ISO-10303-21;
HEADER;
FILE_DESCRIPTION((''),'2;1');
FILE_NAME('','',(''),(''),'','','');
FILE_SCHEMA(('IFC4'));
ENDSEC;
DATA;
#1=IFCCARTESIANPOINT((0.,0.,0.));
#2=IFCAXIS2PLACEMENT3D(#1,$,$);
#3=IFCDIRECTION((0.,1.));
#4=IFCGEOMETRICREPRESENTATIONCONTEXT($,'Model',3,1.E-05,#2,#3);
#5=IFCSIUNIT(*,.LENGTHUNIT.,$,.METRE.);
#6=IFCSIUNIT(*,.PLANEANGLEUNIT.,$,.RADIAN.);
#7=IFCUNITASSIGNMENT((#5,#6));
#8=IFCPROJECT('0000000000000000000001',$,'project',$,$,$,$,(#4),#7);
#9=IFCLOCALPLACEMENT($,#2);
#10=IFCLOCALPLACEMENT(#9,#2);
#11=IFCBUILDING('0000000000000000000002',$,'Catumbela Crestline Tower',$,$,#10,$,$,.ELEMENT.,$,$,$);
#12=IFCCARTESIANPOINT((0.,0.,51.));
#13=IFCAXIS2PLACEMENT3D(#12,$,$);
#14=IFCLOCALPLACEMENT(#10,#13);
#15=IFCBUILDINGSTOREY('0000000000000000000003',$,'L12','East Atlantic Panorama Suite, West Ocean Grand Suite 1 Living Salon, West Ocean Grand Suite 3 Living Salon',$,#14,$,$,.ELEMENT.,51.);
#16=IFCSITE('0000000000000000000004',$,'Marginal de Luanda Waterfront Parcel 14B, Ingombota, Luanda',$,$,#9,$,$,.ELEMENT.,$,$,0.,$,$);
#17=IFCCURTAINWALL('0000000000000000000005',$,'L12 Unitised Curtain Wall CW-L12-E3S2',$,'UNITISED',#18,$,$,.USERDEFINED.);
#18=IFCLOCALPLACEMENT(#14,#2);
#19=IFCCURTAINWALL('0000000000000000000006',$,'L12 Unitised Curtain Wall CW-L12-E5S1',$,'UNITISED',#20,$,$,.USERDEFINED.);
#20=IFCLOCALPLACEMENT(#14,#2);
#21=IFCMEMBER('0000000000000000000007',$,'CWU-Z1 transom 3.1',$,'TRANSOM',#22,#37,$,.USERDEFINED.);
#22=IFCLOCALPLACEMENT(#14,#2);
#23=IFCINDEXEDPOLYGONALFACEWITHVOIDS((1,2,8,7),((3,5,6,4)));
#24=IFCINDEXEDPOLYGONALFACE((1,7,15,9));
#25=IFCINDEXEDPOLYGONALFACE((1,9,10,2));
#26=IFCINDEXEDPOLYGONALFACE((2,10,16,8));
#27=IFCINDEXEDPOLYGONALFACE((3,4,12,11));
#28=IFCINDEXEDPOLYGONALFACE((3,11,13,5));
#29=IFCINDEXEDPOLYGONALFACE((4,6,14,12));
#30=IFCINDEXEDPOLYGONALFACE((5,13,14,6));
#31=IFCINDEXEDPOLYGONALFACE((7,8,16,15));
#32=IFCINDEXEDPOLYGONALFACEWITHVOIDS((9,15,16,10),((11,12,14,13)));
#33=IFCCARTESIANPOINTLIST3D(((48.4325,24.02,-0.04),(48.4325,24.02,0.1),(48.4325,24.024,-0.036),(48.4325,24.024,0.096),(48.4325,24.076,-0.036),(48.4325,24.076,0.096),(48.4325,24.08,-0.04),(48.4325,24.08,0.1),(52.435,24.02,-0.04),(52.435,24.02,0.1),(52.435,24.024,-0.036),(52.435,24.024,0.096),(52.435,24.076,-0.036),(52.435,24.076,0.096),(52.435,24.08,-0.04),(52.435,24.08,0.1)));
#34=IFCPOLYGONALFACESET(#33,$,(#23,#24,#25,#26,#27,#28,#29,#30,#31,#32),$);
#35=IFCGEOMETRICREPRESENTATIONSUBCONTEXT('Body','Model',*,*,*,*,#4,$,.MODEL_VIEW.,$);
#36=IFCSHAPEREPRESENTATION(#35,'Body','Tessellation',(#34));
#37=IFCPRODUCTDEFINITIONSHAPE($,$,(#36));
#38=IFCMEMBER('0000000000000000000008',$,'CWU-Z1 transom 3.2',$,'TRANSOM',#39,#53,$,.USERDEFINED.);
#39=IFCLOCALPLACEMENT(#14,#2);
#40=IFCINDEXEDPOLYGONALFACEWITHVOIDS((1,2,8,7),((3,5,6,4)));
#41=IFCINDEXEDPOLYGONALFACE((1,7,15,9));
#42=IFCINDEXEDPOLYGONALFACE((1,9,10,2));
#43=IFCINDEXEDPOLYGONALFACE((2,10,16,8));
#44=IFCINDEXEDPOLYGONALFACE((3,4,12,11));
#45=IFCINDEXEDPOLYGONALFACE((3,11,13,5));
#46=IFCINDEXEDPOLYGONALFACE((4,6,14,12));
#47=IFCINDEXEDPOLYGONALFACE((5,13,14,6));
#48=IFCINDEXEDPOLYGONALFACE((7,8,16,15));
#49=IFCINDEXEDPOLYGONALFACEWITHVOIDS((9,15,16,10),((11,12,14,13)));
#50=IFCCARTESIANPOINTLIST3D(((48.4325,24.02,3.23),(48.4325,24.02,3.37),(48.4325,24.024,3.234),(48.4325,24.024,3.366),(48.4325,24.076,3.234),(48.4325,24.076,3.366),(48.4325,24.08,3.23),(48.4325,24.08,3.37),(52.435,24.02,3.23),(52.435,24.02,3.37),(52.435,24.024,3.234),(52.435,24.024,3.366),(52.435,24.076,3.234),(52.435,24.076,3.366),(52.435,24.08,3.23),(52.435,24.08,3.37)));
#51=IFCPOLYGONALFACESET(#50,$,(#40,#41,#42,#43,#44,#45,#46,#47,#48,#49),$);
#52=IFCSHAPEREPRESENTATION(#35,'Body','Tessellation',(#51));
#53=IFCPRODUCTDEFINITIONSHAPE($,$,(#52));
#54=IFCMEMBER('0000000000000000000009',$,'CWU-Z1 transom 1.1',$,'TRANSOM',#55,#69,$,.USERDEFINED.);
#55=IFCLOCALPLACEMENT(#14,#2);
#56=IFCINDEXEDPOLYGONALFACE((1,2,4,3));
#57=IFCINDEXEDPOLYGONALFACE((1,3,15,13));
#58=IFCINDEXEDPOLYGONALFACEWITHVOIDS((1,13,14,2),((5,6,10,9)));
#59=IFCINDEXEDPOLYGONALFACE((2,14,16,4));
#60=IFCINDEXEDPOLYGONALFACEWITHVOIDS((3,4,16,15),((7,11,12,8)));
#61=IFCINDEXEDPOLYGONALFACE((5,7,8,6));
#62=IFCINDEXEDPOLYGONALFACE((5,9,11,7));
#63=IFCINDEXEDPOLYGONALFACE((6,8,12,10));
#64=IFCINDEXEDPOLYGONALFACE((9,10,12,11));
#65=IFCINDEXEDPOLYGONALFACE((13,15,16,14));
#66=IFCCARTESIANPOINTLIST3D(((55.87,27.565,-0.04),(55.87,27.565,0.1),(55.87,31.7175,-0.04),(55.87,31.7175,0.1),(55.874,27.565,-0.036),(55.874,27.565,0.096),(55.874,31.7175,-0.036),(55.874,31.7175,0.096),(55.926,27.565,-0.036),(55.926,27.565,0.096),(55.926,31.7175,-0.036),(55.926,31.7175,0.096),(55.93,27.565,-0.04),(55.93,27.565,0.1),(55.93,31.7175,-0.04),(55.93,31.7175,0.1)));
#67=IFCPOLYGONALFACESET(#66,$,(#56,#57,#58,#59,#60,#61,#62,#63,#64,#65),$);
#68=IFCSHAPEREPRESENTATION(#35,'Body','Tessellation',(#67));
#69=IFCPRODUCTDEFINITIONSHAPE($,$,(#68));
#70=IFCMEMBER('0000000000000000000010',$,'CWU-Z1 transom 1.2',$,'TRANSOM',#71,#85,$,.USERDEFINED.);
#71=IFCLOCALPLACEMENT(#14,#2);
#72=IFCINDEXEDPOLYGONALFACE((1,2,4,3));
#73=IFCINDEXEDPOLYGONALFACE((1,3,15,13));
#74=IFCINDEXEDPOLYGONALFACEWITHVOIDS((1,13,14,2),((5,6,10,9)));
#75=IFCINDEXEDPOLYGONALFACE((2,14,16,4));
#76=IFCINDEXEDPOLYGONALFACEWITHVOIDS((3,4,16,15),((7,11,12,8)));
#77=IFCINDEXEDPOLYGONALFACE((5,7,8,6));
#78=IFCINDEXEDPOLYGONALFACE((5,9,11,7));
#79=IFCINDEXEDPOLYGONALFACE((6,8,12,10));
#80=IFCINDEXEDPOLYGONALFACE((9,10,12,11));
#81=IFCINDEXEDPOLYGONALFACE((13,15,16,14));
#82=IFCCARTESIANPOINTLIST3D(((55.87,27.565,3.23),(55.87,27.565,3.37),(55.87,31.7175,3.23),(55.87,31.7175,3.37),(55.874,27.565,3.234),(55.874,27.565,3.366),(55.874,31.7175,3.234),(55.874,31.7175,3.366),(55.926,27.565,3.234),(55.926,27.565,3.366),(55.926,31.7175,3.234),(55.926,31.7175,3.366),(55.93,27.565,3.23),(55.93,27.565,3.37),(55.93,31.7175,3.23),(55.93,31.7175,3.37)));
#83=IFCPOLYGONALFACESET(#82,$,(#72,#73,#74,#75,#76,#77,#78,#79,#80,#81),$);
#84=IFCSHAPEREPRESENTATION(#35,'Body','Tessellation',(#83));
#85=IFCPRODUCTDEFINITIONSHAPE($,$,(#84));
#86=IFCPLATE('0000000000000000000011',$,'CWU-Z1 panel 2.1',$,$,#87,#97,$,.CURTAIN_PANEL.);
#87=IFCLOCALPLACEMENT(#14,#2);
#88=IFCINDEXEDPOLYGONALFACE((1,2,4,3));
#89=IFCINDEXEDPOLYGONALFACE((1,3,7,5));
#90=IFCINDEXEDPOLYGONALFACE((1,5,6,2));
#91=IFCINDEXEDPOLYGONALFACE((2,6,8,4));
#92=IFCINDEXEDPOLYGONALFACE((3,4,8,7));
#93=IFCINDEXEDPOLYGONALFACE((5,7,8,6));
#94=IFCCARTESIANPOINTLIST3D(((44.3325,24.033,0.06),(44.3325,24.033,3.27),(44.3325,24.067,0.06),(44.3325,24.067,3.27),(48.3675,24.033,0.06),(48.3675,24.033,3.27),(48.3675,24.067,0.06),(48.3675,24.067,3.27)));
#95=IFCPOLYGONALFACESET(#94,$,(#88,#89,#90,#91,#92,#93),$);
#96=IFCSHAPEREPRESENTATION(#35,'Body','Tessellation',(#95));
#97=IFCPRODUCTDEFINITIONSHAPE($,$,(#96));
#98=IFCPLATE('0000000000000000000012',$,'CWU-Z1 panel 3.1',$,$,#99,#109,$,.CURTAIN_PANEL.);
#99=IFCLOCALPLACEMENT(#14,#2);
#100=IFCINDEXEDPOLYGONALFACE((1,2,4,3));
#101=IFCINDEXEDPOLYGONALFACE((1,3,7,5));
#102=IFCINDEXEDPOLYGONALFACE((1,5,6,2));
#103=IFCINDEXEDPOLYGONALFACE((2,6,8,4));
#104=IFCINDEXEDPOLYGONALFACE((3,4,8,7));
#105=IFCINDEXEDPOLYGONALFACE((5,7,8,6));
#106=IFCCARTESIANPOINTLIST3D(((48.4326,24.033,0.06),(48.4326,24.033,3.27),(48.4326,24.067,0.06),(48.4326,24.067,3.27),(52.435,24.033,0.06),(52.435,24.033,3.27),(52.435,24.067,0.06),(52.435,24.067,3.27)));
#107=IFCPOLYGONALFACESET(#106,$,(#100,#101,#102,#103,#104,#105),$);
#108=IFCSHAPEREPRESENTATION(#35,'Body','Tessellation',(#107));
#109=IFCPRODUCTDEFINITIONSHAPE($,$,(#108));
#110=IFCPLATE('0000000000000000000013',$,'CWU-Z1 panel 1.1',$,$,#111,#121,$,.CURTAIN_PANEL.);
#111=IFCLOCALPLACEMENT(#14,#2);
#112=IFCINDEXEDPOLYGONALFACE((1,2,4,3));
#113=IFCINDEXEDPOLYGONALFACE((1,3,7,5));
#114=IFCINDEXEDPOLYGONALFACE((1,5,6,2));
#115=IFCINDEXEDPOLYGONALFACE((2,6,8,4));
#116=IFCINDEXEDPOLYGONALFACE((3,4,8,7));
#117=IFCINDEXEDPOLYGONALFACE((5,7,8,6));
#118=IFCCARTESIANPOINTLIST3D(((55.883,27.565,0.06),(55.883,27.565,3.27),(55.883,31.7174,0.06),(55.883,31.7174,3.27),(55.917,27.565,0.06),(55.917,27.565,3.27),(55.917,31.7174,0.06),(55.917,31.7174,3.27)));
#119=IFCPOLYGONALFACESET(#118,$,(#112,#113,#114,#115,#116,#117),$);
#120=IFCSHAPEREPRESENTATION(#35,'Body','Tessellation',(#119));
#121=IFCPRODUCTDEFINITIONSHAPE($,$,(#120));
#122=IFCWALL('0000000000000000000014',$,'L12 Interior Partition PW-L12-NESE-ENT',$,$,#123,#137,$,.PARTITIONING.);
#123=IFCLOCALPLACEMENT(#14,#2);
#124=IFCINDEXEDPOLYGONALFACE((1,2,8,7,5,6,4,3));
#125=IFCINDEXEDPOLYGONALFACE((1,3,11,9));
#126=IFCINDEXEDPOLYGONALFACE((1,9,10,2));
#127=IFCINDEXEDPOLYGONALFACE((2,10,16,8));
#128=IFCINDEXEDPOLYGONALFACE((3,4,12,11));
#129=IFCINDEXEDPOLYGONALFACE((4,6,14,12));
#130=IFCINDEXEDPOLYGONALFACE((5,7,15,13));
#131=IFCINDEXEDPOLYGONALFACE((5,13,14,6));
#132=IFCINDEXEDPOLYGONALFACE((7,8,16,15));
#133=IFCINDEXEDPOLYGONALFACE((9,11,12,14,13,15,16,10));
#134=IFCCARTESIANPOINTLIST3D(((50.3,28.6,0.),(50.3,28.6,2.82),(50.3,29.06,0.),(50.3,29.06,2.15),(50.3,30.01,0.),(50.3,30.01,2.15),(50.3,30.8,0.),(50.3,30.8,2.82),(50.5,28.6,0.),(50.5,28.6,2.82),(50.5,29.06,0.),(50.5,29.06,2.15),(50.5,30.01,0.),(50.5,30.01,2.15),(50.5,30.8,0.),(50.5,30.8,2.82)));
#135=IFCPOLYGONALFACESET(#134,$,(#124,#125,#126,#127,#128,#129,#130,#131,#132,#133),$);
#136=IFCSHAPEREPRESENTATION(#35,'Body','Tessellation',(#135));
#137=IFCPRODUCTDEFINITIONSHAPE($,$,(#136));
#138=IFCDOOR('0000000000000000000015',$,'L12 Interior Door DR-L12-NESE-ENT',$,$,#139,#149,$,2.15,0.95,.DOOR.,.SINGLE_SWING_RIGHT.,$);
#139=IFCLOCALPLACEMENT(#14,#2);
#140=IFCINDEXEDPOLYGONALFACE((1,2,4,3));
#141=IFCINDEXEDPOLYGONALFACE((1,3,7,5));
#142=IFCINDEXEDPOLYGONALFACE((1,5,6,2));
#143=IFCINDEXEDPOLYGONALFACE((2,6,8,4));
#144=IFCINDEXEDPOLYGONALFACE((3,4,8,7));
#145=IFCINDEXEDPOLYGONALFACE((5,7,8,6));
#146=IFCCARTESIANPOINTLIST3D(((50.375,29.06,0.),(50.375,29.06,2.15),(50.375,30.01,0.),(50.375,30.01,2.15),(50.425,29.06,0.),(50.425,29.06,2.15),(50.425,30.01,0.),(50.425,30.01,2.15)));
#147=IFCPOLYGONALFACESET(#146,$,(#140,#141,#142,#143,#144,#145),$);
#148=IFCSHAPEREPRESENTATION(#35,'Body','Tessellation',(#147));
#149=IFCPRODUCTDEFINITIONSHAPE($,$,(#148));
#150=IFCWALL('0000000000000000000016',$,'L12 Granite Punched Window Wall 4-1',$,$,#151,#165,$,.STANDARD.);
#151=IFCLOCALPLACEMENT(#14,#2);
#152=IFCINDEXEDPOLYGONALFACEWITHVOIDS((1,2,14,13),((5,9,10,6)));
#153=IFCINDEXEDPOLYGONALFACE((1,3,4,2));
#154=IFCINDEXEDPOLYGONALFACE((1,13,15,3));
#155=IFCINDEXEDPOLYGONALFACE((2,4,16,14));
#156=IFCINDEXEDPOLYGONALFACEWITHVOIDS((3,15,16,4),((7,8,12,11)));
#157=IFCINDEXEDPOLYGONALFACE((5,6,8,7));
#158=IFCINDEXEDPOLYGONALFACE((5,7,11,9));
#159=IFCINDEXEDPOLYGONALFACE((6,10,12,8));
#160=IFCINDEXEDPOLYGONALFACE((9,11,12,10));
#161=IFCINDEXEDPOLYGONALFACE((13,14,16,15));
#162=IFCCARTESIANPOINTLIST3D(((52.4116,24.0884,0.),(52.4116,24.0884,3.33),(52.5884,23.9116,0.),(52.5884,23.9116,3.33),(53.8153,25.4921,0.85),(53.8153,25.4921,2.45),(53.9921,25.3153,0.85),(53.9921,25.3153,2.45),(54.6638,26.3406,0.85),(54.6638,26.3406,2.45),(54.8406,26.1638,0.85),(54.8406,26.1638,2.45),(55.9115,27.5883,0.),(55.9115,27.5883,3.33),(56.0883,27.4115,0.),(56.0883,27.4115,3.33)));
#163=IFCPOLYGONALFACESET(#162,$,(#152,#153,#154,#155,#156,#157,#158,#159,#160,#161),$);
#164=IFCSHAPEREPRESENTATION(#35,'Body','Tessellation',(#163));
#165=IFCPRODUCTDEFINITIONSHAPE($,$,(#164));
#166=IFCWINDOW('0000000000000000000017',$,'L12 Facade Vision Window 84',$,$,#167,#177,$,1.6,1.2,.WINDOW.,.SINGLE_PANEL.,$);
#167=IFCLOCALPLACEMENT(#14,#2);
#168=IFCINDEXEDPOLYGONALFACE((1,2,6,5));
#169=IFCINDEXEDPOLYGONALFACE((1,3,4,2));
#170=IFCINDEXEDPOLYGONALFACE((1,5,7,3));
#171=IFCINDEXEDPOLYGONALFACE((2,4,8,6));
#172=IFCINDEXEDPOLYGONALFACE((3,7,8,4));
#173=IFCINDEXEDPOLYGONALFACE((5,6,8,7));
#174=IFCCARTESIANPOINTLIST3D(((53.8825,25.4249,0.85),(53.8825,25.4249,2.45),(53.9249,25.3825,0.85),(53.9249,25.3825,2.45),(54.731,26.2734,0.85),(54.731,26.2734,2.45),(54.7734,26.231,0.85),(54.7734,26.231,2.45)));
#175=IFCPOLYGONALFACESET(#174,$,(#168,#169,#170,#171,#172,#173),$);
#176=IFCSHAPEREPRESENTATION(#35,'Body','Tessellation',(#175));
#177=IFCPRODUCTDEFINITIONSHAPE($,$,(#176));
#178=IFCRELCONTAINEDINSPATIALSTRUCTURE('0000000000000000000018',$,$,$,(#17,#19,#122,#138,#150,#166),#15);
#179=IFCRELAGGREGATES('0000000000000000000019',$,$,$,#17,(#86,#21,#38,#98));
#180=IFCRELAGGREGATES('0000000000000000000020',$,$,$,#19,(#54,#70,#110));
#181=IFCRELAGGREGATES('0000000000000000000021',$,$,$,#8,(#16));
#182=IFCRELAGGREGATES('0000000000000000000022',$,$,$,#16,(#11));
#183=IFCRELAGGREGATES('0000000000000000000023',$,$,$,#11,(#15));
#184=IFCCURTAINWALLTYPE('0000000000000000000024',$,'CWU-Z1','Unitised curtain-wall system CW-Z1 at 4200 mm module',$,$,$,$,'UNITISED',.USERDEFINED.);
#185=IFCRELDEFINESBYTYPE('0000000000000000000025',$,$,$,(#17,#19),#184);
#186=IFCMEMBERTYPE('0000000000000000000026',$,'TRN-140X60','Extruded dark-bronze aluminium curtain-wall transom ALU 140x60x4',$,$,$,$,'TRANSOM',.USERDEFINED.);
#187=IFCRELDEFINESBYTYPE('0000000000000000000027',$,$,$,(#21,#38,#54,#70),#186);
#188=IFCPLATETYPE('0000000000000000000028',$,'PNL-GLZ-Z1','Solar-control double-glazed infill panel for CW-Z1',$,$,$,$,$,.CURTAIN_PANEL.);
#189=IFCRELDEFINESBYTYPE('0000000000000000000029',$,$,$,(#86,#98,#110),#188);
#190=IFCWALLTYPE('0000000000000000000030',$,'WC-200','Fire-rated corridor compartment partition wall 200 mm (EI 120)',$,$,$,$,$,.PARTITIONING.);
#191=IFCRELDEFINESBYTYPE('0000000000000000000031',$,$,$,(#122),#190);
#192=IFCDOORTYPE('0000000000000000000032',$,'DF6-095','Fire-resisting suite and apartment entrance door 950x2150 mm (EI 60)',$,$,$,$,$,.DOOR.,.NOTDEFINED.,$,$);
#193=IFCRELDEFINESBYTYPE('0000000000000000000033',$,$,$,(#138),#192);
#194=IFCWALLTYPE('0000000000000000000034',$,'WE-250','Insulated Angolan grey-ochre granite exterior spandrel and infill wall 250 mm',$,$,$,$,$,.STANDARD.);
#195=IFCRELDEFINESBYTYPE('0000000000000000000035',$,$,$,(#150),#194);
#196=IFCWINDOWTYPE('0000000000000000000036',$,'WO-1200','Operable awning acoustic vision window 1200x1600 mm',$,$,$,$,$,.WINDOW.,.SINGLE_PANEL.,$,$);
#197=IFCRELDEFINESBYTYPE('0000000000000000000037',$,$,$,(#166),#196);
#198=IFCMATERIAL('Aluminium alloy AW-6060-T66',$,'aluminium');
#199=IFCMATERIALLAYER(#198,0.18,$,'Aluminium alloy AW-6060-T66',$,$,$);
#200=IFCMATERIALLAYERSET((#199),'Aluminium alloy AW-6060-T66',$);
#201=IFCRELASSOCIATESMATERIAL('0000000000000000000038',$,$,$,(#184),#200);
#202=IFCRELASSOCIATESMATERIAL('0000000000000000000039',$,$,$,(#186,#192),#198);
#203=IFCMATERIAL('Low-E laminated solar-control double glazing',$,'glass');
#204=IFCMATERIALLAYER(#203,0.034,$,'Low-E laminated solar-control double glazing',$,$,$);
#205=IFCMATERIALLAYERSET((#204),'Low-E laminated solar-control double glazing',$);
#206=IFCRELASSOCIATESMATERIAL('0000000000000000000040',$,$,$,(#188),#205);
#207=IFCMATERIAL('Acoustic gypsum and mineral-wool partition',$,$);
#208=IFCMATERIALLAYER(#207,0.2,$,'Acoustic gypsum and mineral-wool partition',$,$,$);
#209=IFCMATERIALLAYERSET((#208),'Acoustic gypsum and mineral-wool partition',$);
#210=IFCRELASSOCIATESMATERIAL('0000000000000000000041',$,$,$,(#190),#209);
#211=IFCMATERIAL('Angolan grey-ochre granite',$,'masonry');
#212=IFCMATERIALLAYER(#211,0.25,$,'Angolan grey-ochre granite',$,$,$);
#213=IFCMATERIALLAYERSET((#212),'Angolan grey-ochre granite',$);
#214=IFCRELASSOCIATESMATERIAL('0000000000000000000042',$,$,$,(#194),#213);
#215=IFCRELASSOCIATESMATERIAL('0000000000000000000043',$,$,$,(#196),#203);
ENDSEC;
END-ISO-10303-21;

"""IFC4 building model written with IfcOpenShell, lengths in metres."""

from ifc_helpers import new_model, si_unit, direction, frame, frame_2d, origin, origin_2d, place, context, subcontext, project, spatial, rectangle, hollow_rectangle, extrude, material, layer, layer_set, material_profile, profile_set, type_object, element, fill, aggregate, save


model = new_model("IFC4")

# Units and contexts
model_context = context("Model", 3, precision=1e-05, world=origin(), true_north=direction((0.0, 1.0)))
body_context = subcontext(model_context, "Body", "Model", "MODEL_VIEW")
ifc_project = project(units=[si_unit("LENGTHUNIT", "METRE"), si_unit("PLANEANGLEUNIT", "RADIAN")], contexts=[model_context])

# Site, building, storey
site_placement = place(None, origin())
site = spatial("IfcSite", under=ifc_project, at=site_placement, Name="Marginal de Luanda Waterfront Parcel 14B, Ingombota, Luanda", CompositionType="ELEMENT", RefElevation=0.0)
building_placement = place(site_placement, origin())
building = spatial("IfcBuilding", under=site, at=building_placement, Name="Catumbela Crestline Tower", CompositionType="ELEMENT")
storey_placement = place(building_placement, frame((0.0, 0.0, 51.0)))
storey = spatial("IfcBuildingStorey", under=building, at=storey_placement, Name="L12", Description="East Atlantic Panorama Suite, West Ocean Grand Suite 1 Living Salon, West Ocean Grand Suite 3 Living Salon", CompositionType="ELEMENT", Elevation=51.0)

# Curtain wall
ifc_material_1 = material(Name="Aluminium alloy AW-6060-T66", Category="aluminium")
ifc_layer_1 = layer(ifc_material_1, 0.18, Name="Aluminium alloy AW-6060-T66")
ifc_layer_set_1 = layer_set([ifc_layer_1], Name="Aluminium alloy AW-6060-T66")
curtain_wall_type = type_object("IfcCurtainWallType", Name="CWU-Z1", Description="Unitised curtain-wall system CW-Z1 at 4200 mm module", ElementType="UNITISED", PredefinedType="USERDEFINED", material=ifc_layer_set_1)
curtain_wall_1_placement = place(storey_placement, origin())
curtain_wall_1 = element("IfcCurtainWall", 1, at=curtain_wall_1_placement, inside=storey, type_object=curtain_wall_type, Name="L12 Unitised Curtain Wall CW-L12-E3S2", ObjectType="UNITISED", PredefinedType="USERDEFINED")

# Curtain wall
curtain_wall_2_placement = place(storey_placement, origin())
curtain_wall_2 = element("IfcCurtainWall", 2, at=curtain_wall_2_placement, inside=storey, type_object=curtain_wall_type, Name="L12 Unitised Curtain Wall CW-L12-E5S1", ObjectType="UNITISED", PredefinedType="USERDEFINED")

# Members
ifc_material_profile_1 = material_profile(ifc_material_1, hollow_rectangle(XDim=0.06, YDim=0.14, WallThickness=0.004, at=origin_2d()), Name="ALU 140x60x4")
ifc_profile_set_1 = profile_set([ifc_material_profile_1], Name="Aluminium alloy AW-6060-T66")
member_type_1 = type_object("IfcMemberType", Name="TRN-140X60", Description="Extruded dark-bronze aluminium curtain-wall transom ALU 140x60x4", ElementType="TRANSOM", PredefinedType="USERDEFINED", material=ifc_profile_set_1)
member_1_placement = place(storey_placement, frame((48.4325, 24.05, 0.03), z_axis=(1.0, 0.0, 0.0), x_axis=(0.0, 1.0, 0.0)))
member_1 = element("IfcMember", 3, at=member_1_placement, type_object=member_type_1, Name="CWU-Z1 transom 3.1", ObjectType="TRANSOM", PredefinedType="USERDEFINED", context=body_context, shape_type="SweptSolid", body=[
    extrude(hollow_rectangle(XDim=0.06, YDim=0.14, WallThickness=0.004, at=origin_2d()), origin(), (0.0, 0.0, 1.0), 4.0025),
])
member_2_placement = place(storey_placement, frame((48.4325, 24.05, 3.3), z_axis=(1.0, 0.0, 0.0), x_axis=(0.0, 1.0, 0.0)))
member_2 = element("IfcMember", 4, at=member_2_placement, type_object=member_type_1, Name="CWU-Z1 transom 3.2", ObjectType="TRANSOM", PredefinedType="USERDEFINED", context=body_context, shape_type="SweptSolid", body=[
    extrude(hollow_rectangle(XDim=0.06, YDim=0.14, WallThickness=0.004, at=origin_2d()), origin(), (0.0, 0.0, 1.0), 4.0025),
])
member_3_placement = place(storey_placement, frame((55.9, 27.565, 0.03), z_axis=(0.0, 1.0, 0.0), x_axis=(-1.0, 0.0, 0.0)))
member_3 = element("IfcMember", 5, at=member_3_placement, type_object=member_type_1, Name="CWU-Z1 transom 1.1", ObjectType="TRANSOM", PredefinedType="USERDEFINED", context=body_context, shape_type="SweptSolid", body=[
    extrude(hollow_rectangle(XDim=0.06, YDim=0.14, WallThickness=0.004, at=origin_2d()), origin(), (0.0, 0.0, 1.0), 4.1525),
])
member_4_placement = place(storey_placement, frame((55.9, 27.565, 3.3), z_axis=(0.0, 1.0, 0.0), x_axis=(-1.0, 0.0, 0.0)))
member_4 = element("IfcMember", 6, at=member_4_placement, type_object=member_type_1, Name="CWU-Z1 transom 1.2", ObjectType="TRANSOM", PredefinedType="USERDEFINED", context=body_context, shape_type="SweptSolid", body=[
    extrude(hollow_rectangle(XDim=0.06, YDim=0.14, WallThickness=0.004, at=origin_2d()), origin(), (0.0, 0.0, 1.0), 4.1525),
])

# Plates
ifc_material_2 = material(Name="Low-E laminated solar-control double glazing", Category="glass")
ifc_layer_2 = layer(ifc_material_2, 0.034, Name="Low-E laminated solar-control double glazing")
ifc_layer_set_2 = layer_set([ifc_layer_2], Name="Low-E laminated solar-control double glazing")
plate_type = type_object("IfcPlateType", Name="PNL-GLZ-Z1", Description="Solar-control double-glazed infill panel for CW-Z1", PredefinedType="CURTAIN_PANEL", material=ifc_layer_set_2)
plate_1_placement = place(storey_placement, frame((46.35, 24.05, 0.06), z_axis=(0.0, 0.0, 1.0), x_axis=(1.0, 0.0, 0.0)))
plate_1 = element("IfcPlate", 7, at=plate_1_placement, type_object=plate_type, Name="CWU-Z1 panel 2.1", PredefinedType="CURTAIN_PANEL", context=body_context, shape_type="SweptSolid", body=[
    extrude(rectangle(XDim=4.035, YDim=0.034, at=origin_2d()), origin(), (0.0, 0.0, 1.0), 3.21),
])
plate_2_placement = place(storey_placement, frame((50.4338, 24.05, 0.06), z_axis=(0.0, 0.0, 1.0), x_axis=(1.0, 0.0, 0.0)))
plate_2 = element("IfcPlate", 8, at=plate_2_placement, type_object=plate_type, Name="CWU-Z1 panel 3.1", PredefinedType="CURTAIN_PANEL", context=body_context, shape_type="SweptSolid", body=[
    extrude(rectangle(XDim=4.0025, YDim=0.034, at=origin_2d()), origin(), (0.0, 0.0, 1.0), 3.21),
])
aggregate(curtain_wall_1, [plate_1, member_1, member_2, plate_2])
plate_3_placement = place(storey_placement, frame((55.9, 29.6412, 0.06), z_axis=(0.0, 0.0, 1.0), x_axis=(0.0, 1.0, 0.0)))
plate_3 = element("IfcPlate", 9, at=plate_3_placement, type_object=plate_type, Name="CWU-Z1 panel 1.1", PredefinedType="CURTAIN_PANEL", context=body_context, shape_type="SweptSolid", body=[
    extrude(rectangle(XDim=4.1525, YDim=0.034, at=origin_2d()), origin(), (0.0, 0.0, 1.0), 3.21),
])
aggregate(curtain_wall_2, [member_3, member_4, plate_3])

# Wall, opening, door
ifc_material_3 = material(Name="Acoustic gypsum and mineral-wool partition")
ifc_layer_3 = layer(ifc_material_3, 0.2, Name="Acoustic gypsum and mineral-wool partition")
ifc_layer_set_3 = layer_set([ifc_layer_3], Name="Acoustic gypsum and mineral-wool partition")
wall_type_1 = type_object("IfcWallType", Name="WC-200", Description="Fire-rated corridor compartment partition wall 200 mm (EI 120)", PredefinedType="PARTITIONING", material=ifc_layer_set_3)
wall_1_placement = place(storey_placement, frame((50.4, 28.6, 0.0), z_axis=(0.0, 0.0, 1.0), x_axis=(0.0, 1.0, 0.0)))
wall_1 = element("IfcWall", 10, at=wall_1_placement, inside=storey, type_object=wall_type_1, Name="L12 Interior Partition PW-L12-NESE-ENT", PredefinedType="PARTITIONING", context=body_context, shape_type="SweptSolid", body=[
    extrude(rectangle(XDim=2.2, YDim=0.2, at=frame_2d((1.1, 0.0))), origin(), (0.0, 0.0, 1.0), 2.82),
])
opening_1_placement = place(wall_1_placement, frame((0.46, 0.0, 0.0)))
opening_1 = element("IfcOpeningElement", 11, at=opening_1_placement, cuts=wall_1, PredefinedType="OPENING", context=body_context, shape_type="SweptSolid", body=[
    extrude(rectangle(XDim=0.95, YDim=2.15, at=frame_2d((0.475, 1.075))), frame((0.0, 0.11, 0.0), z_axis=(0.0, -1.0, 0.0), x_axis=(1.0, 0.0, 0.0)), (0.0, 0.0, 1.0), 0.22),
])
door_type_1 = type_object("IfcDoorType", Name="DF6-095", Description="Fire-resisting suite and apartment entrance door 950x2150 mm (EI 60)", OperationType="NOTDEFINED", PredefinedType="DOOR", material=ifc_material_1)
door_1_placement = place(opening_1_placement, origin())
door_1 = element("IfcDoor", 12, at=door_1_placement, inside=storey, type_object=door_type_1, Name="L12 Interior Door DR-L12-NESE-ENT", OperationType="SINGLE_SWING_RIGHT", OverallHeight=2.15, OverallWidth=0.95, PredefinedType="DOOR", context=body_context, shape_type="SweptSolid", body=[
    extrude(rectangle(XDim=0.95, YDim=2.15, at=frame_2d((0.475, 1.075))), frame((0.0, 0.025, 0.0), z_axis=(0.0, -1.0, 0.0), x_axis=(1.0, 0.0, 0.0)), (0.0, 0.0, 1.0), 0.05),
])
fill(opening_1, door_1)

# Wall, opening, window
ifc_material_4 = material(Name="Angolan grey-ochre granite", Category="masonry")
ifc_layer_4 = layer(ifc_material_4, 0.25, Name="Angolan grey-ochre granite")
ifc_layer_set_4 = layer_set([ifc_layer_4], Name="Angolan grey-ochre granite")
wall_type_2 = type_object("IfcWallType", Name="WE-250", Description="Insulated Angolan grey-ochre granite exterior spandrel and infill wall 250 mm", PredefinedType="STANDARD", material=ifc_layer_set_4)
wall_2_placement = place(storey_placement, frame((52.5, 24.0, 0.0), z_axis=(0.0, 0.0, 1.0), x_axis=(0.707107, 0.707107, 0.0)))
wall_2 = element("IfcWall", 13, at=wall_2_placement, inside=storey, type_object=wall_type_2, Name="L12 Granite Punched Window Wall 4-1", PredefinedType="STANDARD", context=body_context, shape_type="SweptSolid", body=[
    extrude(rectangle(XDim=4.9497, YDim=0.25, at=frame_2d((2.4748, 0.0))), origin(), (0.0, 0.0, 1.0), 3.33),
])
opening_2_placement = place(wall_2_placement, frame((1.9851, 0.0, 0.85)))
opening_2 = element("IfcOpeningElement", 14, at=opening_2_placement, cuts=wall_2, PredefinedType="OPENING", context=body_context, shape_type="SweptSolid", body=[
    extrude(rectangle(XDim=1.2, YDim=1.6, at=frame_2d((0.6, 0.8))), frame((0.0, 0.135, 0.0), z_axis=(0.0, -1.0, 0.0), x_axis=(1.0, 0.0, 0.0)), (0.0, 0.0, 1.0), 0.27),
])
window_type = type_object("IfcWindowType", Name="WO-1200", Description="Operable awning acoustic vision window 1200x1600 mm", PartitioningType="SINGLE_PANEL", PredefinedType="WINDOW", material=ifc_material_2)
window_placement = place(opening_2_placement, origin())
window = element("IfcWindow", 15, at=window_placement, inside=storey, type_object=window_type, Name="L12 Facade Vision Window 84", OverallHeight=1.6, OverallWidth=1.2, PartitioningType="SINGLE_PANEL", PredefinedType="WINDOW", context=body_context, shape_type="SweptSolid", body=[
    extrude(rectangle(XDim=1.2, YDim=1.6, at=frame_2d((0.6, 0.8))), frame((0.0, 0.03, 0.0), z_axis=(0.0, -1.0, 0.0), x_axis=(1.0, 0.0, 0.0)), (0.0, 0.0, 1.0), 0.06),
])
fill(opening_2, window)

save(model, "model.ifc")
